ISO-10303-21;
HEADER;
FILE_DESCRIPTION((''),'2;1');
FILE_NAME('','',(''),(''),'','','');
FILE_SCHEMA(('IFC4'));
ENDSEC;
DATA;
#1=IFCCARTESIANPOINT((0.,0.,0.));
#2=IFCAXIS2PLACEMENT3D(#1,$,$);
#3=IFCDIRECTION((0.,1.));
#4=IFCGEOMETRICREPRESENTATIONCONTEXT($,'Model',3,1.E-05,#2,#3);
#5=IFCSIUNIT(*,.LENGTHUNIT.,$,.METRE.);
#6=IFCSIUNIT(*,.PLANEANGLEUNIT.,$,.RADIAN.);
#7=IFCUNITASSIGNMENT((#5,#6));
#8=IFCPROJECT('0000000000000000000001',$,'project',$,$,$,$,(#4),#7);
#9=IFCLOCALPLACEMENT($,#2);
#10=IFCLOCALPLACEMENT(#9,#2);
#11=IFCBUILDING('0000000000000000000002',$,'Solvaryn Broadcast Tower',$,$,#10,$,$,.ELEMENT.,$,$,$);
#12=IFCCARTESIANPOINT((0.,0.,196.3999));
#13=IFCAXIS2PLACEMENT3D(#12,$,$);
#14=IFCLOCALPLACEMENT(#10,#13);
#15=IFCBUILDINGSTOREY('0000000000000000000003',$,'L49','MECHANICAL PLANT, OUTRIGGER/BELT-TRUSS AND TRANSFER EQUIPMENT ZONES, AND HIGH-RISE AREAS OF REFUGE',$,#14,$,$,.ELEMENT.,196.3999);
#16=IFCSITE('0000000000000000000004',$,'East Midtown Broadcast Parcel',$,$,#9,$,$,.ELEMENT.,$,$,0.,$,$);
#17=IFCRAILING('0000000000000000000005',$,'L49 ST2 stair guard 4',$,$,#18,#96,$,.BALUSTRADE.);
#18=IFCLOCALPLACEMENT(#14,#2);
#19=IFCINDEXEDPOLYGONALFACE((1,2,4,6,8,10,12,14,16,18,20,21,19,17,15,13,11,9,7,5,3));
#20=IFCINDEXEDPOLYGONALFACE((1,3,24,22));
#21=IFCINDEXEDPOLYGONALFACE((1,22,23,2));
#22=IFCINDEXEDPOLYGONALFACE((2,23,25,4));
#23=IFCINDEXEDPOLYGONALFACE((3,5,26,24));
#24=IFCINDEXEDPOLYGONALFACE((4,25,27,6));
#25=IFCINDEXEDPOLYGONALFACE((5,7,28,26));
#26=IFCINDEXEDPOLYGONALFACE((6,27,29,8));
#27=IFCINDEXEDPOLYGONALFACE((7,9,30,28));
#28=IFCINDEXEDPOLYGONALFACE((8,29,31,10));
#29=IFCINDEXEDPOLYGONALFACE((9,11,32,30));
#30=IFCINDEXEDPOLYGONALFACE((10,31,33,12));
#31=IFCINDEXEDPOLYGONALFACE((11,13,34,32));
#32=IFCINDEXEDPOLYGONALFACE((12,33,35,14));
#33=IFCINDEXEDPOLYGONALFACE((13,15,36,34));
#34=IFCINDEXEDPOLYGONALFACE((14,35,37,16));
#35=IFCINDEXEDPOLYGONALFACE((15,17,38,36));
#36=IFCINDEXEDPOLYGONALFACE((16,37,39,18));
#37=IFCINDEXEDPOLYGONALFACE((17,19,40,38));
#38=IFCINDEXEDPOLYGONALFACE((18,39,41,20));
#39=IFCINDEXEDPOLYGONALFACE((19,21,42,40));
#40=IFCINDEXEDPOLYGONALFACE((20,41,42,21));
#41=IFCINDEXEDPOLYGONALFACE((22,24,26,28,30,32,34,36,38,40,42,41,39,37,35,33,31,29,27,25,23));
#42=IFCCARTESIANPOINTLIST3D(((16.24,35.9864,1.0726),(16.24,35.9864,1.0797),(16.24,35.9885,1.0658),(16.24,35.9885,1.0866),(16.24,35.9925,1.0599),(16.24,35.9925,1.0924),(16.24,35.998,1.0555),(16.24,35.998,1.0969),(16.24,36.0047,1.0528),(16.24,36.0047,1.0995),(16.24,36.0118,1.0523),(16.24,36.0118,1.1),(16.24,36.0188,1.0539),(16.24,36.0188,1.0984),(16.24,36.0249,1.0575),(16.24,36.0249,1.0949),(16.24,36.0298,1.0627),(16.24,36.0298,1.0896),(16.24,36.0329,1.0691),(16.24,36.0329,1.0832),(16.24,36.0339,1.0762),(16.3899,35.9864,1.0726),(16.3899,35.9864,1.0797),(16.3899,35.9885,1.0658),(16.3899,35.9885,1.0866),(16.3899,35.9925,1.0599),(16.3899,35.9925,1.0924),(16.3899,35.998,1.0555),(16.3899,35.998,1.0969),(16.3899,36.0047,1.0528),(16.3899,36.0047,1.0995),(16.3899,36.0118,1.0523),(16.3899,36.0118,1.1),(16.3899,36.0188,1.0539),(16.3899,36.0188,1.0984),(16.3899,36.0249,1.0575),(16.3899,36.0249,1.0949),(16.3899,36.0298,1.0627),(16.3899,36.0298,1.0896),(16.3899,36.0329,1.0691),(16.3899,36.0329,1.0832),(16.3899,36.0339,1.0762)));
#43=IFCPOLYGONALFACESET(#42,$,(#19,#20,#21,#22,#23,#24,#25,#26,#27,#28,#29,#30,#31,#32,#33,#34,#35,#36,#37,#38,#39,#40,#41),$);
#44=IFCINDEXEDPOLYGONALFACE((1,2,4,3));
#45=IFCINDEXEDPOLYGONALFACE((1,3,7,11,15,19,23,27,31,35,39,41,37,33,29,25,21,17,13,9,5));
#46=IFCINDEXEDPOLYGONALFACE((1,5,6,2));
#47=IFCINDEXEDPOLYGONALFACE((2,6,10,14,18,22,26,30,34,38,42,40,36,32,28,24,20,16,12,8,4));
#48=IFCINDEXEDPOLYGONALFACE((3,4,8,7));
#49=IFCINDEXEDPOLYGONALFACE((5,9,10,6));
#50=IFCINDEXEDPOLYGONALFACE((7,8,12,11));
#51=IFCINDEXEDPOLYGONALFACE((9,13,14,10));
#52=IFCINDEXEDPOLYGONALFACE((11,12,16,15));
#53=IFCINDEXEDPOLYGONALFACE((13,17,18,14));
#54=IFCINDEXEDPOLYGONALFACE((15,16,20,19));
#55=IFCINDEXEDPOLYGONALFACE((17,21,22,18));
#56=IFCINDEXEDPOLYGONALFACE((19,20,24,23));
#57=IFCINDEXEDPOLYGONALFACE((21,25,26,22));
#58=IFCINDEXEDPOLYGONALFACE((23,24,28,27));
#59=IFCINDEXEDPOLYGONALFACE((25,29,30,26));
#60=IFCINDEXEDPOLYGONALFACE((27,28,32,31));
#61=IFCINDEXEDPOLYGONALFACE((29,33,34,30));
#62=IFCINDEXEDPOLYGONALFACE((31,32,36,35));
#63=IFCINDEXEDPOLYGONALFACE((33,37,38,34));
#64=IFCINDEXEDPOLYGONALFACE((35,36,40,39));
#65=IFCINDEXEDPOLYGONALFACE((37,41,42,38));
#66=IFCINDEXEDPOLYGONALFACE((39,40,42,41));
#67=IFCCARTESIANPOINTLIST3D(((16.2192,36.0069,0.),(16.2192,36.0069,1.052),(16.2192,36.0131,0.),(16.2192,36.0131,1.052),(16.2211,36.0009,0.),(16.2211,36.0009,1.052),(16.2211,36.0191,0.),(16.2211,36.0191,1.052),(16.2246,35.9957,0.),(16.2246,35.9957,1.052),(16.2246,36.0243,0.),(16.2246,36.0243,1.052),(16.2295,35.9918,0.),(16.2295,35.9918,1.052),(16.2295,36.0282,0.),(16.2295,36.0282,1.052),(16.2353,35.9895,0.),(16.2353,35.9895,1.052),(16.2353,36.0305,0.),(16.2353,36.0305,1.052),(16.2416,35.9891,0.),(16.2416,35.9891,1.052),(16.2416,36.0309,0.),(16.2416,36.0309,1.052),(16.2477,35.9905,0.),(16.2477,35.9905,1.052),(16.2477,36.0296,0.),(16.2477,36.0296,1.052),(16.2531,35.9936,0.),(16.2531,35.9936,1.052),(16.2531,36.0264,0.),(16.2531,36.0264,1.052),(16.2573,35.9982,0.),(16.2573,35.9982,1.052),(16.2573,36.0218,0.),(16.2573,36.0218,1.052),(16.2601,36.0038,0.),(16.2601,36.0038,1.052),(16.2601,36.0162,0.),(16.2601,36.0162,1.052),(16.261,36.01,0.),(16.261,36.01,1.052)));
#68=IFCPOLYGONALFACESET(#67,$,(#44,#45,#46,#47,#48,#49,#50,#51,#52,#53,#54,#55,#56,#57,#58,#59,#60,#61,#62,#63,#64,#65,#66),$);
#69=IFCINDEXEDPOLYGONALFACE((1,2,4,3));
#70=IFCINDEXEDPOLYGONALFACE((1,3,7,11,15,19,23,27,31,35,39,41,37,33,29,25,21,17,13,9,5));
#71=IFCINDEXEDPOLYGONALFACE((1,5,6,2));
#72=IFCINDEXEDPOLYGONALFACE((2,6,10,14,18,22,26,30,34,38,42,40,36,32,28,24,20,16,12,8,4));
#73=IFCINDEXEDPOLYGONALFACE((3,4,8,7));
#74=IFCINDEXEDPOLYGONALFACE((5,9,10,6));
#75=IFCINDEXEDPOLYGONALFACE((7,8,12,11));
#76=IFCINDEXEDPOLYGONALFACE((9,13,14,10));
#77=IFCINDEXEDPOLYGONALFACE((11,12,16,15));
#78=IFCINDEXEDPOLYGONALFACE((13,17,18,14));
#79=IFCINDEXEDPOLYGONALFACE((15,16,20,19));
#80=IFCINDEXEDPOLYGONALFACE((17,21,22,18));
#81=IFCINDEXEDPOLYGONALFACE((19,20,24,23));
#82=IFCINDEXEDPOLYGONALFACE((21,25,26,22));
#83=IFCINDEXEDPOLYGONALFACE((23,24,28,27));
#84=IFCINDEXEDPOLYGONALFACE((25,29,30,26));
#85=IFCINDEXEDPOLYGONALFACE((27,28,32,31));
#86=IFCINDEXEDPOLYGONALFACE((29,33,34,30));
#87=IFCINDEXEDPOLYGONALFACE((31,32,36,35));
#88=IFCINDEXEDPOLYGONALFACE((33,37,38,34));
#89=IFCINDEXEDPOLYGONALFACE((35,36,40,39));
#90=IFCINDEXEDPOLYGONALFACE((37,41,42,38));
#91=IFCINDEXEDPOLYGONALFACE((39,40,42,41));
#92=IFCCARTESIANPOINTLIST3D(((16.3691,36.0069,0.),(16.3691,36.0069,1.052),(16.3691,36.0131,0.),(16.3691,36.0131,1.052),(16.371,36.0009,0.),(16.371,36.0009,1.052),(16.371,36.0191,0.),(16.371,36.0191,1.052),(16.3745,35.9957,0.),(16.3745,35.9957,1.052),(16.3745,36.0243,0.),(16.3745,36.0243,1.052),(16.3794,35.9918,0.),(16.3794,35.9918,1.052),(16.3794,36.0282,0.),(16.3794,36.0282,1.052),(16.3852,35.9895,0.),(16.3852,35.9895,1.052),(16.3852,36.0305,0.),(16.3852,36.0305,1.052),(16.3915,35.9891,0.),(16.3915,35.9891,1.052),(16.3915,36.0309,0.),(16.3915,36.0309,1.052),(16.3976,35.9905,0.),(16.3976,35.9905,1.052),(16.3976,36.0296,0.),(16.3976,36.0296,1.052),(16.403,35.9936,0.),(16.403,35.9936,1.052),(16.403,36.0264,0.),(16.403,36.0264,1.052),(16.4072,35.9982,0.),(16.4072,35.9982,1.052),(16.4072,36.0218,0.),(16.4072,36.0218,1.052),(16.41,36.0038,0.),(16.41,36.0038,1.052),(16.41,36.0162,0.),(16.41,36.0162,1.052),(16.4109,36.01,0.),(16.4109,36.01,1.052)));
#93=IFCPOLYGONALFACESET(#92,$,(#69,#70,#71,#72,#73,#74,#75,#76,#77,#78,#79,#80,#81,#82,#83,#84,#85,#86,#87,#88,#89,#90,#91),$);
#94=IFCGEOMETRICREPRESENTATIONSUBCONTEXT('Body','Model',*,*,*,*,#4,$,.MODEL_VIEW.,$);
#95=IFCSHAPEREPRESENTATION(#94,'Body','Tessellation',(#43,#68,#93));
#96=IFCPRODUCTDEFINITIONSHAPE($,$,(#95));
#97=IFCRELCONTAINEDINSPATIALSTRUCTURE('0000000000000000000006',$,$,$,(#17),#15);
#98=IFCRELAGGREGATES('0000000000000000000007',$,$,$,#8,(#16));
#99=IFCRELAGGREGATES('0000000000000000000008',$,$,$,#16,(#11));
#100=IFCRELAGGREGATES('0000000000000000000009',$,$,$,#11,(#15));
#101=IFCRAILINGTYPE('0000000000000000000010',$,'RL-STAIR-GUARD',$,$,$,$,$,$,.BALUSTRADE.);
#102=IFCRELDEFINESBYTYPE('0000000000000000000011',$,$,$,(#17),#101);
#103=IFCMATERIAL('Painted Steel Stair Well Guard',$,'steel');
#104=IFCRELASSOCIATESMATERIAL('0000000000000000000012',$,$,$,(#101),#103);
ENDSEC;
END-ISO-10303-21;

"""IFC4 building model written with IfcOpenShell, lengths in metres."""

from ifc_helpers import new_model, si_unit, direction, frame, origin, origin_2d, place, context, subcontext, project, spatial, circle, extrude, material, type_object, element, save


model = new_model("IFC4")

# Units and contexts
model_context = context("Model", 3, precision=1e-05, world=origin(), true_north=direction((0.0, 1.0)))
body_context = subcontext(model_context, "Body", "Model", "MODEL_VIEW")
ifc_project = project(units=[si_unit("LENGTHUNIT", "METRE"), si_unit("PLANEANGLEUNIT", "RADIAN")], contexts=[model_context])

# Site, building, storey
site_placement = place(None, origin())
site = spatial("IfcSite", under=ifc_project, at=site_placement, Name="East Midtown Broadcast Parcel", CompositionType="ELEMENT", RefElevation=0.0)
building_placement = place(site_placement, origin())
building = spatial("IfcBuilding", under=site, at=building_placement, Name="Solvaryn Broadcast Tower", CompositionType="ELEMENT")
storey_placement = place(building_placement, frame((0.0, 0.0, 196.3999)))
storey = spatial("IfcBuildingStorey", under=building, at=storey_placement, Name="L49", Description="MECHANICAL PLANT, OUTRIGGER/BELT-TRUSS AND TRANSFER EQUIPMENT ZONES, AND HIGH-RISE AREAS OF REFUGE", CompositionType="ELEMENT", Elevation=196.3999)

# Railing
ifc_material_1 = material(Name="Painted Steel Stair Well Guard", Category="steel")
railing_type_1 = type_object("IfcRailingType", Name="RL-STAIR-GUARD", PredefinedType="BALUSTRADE", material=ifc_material_1)
railing_1_placement = place(storey_placement, frame((16.24, 36.01, 0.0)))
element("IfcRailing", 1, at=railing_1_placement, inside=storey, type_object=railing_type_1, Name="L49 ST2 stair guard 4", PredefinedType="BALUSTRADE", context=body_context, shape_type="SweptSolid", body=[
    extrude(circle(Radius=0.0239, at=origin_2d()), frame((0.0, 0.0, 1.0762), z_axis=(1.0, 0.0, 0.0), x_axis=(0.0, 1.0, 0.0)), (0.0, 0.0, 1.0), 0.1499),
    extrude(circle(Radius=0.021, at=origin_2d()), origin(), (0.0, 0.0, 1.0), 1.052),
    extrude(circle(Radius=0.021, at=origin_2d()), frame((0.1499, 0.0, 0.0)), (0.0, 0.0, 1.0), 1.052),
])

save(model, "model.ifc")
